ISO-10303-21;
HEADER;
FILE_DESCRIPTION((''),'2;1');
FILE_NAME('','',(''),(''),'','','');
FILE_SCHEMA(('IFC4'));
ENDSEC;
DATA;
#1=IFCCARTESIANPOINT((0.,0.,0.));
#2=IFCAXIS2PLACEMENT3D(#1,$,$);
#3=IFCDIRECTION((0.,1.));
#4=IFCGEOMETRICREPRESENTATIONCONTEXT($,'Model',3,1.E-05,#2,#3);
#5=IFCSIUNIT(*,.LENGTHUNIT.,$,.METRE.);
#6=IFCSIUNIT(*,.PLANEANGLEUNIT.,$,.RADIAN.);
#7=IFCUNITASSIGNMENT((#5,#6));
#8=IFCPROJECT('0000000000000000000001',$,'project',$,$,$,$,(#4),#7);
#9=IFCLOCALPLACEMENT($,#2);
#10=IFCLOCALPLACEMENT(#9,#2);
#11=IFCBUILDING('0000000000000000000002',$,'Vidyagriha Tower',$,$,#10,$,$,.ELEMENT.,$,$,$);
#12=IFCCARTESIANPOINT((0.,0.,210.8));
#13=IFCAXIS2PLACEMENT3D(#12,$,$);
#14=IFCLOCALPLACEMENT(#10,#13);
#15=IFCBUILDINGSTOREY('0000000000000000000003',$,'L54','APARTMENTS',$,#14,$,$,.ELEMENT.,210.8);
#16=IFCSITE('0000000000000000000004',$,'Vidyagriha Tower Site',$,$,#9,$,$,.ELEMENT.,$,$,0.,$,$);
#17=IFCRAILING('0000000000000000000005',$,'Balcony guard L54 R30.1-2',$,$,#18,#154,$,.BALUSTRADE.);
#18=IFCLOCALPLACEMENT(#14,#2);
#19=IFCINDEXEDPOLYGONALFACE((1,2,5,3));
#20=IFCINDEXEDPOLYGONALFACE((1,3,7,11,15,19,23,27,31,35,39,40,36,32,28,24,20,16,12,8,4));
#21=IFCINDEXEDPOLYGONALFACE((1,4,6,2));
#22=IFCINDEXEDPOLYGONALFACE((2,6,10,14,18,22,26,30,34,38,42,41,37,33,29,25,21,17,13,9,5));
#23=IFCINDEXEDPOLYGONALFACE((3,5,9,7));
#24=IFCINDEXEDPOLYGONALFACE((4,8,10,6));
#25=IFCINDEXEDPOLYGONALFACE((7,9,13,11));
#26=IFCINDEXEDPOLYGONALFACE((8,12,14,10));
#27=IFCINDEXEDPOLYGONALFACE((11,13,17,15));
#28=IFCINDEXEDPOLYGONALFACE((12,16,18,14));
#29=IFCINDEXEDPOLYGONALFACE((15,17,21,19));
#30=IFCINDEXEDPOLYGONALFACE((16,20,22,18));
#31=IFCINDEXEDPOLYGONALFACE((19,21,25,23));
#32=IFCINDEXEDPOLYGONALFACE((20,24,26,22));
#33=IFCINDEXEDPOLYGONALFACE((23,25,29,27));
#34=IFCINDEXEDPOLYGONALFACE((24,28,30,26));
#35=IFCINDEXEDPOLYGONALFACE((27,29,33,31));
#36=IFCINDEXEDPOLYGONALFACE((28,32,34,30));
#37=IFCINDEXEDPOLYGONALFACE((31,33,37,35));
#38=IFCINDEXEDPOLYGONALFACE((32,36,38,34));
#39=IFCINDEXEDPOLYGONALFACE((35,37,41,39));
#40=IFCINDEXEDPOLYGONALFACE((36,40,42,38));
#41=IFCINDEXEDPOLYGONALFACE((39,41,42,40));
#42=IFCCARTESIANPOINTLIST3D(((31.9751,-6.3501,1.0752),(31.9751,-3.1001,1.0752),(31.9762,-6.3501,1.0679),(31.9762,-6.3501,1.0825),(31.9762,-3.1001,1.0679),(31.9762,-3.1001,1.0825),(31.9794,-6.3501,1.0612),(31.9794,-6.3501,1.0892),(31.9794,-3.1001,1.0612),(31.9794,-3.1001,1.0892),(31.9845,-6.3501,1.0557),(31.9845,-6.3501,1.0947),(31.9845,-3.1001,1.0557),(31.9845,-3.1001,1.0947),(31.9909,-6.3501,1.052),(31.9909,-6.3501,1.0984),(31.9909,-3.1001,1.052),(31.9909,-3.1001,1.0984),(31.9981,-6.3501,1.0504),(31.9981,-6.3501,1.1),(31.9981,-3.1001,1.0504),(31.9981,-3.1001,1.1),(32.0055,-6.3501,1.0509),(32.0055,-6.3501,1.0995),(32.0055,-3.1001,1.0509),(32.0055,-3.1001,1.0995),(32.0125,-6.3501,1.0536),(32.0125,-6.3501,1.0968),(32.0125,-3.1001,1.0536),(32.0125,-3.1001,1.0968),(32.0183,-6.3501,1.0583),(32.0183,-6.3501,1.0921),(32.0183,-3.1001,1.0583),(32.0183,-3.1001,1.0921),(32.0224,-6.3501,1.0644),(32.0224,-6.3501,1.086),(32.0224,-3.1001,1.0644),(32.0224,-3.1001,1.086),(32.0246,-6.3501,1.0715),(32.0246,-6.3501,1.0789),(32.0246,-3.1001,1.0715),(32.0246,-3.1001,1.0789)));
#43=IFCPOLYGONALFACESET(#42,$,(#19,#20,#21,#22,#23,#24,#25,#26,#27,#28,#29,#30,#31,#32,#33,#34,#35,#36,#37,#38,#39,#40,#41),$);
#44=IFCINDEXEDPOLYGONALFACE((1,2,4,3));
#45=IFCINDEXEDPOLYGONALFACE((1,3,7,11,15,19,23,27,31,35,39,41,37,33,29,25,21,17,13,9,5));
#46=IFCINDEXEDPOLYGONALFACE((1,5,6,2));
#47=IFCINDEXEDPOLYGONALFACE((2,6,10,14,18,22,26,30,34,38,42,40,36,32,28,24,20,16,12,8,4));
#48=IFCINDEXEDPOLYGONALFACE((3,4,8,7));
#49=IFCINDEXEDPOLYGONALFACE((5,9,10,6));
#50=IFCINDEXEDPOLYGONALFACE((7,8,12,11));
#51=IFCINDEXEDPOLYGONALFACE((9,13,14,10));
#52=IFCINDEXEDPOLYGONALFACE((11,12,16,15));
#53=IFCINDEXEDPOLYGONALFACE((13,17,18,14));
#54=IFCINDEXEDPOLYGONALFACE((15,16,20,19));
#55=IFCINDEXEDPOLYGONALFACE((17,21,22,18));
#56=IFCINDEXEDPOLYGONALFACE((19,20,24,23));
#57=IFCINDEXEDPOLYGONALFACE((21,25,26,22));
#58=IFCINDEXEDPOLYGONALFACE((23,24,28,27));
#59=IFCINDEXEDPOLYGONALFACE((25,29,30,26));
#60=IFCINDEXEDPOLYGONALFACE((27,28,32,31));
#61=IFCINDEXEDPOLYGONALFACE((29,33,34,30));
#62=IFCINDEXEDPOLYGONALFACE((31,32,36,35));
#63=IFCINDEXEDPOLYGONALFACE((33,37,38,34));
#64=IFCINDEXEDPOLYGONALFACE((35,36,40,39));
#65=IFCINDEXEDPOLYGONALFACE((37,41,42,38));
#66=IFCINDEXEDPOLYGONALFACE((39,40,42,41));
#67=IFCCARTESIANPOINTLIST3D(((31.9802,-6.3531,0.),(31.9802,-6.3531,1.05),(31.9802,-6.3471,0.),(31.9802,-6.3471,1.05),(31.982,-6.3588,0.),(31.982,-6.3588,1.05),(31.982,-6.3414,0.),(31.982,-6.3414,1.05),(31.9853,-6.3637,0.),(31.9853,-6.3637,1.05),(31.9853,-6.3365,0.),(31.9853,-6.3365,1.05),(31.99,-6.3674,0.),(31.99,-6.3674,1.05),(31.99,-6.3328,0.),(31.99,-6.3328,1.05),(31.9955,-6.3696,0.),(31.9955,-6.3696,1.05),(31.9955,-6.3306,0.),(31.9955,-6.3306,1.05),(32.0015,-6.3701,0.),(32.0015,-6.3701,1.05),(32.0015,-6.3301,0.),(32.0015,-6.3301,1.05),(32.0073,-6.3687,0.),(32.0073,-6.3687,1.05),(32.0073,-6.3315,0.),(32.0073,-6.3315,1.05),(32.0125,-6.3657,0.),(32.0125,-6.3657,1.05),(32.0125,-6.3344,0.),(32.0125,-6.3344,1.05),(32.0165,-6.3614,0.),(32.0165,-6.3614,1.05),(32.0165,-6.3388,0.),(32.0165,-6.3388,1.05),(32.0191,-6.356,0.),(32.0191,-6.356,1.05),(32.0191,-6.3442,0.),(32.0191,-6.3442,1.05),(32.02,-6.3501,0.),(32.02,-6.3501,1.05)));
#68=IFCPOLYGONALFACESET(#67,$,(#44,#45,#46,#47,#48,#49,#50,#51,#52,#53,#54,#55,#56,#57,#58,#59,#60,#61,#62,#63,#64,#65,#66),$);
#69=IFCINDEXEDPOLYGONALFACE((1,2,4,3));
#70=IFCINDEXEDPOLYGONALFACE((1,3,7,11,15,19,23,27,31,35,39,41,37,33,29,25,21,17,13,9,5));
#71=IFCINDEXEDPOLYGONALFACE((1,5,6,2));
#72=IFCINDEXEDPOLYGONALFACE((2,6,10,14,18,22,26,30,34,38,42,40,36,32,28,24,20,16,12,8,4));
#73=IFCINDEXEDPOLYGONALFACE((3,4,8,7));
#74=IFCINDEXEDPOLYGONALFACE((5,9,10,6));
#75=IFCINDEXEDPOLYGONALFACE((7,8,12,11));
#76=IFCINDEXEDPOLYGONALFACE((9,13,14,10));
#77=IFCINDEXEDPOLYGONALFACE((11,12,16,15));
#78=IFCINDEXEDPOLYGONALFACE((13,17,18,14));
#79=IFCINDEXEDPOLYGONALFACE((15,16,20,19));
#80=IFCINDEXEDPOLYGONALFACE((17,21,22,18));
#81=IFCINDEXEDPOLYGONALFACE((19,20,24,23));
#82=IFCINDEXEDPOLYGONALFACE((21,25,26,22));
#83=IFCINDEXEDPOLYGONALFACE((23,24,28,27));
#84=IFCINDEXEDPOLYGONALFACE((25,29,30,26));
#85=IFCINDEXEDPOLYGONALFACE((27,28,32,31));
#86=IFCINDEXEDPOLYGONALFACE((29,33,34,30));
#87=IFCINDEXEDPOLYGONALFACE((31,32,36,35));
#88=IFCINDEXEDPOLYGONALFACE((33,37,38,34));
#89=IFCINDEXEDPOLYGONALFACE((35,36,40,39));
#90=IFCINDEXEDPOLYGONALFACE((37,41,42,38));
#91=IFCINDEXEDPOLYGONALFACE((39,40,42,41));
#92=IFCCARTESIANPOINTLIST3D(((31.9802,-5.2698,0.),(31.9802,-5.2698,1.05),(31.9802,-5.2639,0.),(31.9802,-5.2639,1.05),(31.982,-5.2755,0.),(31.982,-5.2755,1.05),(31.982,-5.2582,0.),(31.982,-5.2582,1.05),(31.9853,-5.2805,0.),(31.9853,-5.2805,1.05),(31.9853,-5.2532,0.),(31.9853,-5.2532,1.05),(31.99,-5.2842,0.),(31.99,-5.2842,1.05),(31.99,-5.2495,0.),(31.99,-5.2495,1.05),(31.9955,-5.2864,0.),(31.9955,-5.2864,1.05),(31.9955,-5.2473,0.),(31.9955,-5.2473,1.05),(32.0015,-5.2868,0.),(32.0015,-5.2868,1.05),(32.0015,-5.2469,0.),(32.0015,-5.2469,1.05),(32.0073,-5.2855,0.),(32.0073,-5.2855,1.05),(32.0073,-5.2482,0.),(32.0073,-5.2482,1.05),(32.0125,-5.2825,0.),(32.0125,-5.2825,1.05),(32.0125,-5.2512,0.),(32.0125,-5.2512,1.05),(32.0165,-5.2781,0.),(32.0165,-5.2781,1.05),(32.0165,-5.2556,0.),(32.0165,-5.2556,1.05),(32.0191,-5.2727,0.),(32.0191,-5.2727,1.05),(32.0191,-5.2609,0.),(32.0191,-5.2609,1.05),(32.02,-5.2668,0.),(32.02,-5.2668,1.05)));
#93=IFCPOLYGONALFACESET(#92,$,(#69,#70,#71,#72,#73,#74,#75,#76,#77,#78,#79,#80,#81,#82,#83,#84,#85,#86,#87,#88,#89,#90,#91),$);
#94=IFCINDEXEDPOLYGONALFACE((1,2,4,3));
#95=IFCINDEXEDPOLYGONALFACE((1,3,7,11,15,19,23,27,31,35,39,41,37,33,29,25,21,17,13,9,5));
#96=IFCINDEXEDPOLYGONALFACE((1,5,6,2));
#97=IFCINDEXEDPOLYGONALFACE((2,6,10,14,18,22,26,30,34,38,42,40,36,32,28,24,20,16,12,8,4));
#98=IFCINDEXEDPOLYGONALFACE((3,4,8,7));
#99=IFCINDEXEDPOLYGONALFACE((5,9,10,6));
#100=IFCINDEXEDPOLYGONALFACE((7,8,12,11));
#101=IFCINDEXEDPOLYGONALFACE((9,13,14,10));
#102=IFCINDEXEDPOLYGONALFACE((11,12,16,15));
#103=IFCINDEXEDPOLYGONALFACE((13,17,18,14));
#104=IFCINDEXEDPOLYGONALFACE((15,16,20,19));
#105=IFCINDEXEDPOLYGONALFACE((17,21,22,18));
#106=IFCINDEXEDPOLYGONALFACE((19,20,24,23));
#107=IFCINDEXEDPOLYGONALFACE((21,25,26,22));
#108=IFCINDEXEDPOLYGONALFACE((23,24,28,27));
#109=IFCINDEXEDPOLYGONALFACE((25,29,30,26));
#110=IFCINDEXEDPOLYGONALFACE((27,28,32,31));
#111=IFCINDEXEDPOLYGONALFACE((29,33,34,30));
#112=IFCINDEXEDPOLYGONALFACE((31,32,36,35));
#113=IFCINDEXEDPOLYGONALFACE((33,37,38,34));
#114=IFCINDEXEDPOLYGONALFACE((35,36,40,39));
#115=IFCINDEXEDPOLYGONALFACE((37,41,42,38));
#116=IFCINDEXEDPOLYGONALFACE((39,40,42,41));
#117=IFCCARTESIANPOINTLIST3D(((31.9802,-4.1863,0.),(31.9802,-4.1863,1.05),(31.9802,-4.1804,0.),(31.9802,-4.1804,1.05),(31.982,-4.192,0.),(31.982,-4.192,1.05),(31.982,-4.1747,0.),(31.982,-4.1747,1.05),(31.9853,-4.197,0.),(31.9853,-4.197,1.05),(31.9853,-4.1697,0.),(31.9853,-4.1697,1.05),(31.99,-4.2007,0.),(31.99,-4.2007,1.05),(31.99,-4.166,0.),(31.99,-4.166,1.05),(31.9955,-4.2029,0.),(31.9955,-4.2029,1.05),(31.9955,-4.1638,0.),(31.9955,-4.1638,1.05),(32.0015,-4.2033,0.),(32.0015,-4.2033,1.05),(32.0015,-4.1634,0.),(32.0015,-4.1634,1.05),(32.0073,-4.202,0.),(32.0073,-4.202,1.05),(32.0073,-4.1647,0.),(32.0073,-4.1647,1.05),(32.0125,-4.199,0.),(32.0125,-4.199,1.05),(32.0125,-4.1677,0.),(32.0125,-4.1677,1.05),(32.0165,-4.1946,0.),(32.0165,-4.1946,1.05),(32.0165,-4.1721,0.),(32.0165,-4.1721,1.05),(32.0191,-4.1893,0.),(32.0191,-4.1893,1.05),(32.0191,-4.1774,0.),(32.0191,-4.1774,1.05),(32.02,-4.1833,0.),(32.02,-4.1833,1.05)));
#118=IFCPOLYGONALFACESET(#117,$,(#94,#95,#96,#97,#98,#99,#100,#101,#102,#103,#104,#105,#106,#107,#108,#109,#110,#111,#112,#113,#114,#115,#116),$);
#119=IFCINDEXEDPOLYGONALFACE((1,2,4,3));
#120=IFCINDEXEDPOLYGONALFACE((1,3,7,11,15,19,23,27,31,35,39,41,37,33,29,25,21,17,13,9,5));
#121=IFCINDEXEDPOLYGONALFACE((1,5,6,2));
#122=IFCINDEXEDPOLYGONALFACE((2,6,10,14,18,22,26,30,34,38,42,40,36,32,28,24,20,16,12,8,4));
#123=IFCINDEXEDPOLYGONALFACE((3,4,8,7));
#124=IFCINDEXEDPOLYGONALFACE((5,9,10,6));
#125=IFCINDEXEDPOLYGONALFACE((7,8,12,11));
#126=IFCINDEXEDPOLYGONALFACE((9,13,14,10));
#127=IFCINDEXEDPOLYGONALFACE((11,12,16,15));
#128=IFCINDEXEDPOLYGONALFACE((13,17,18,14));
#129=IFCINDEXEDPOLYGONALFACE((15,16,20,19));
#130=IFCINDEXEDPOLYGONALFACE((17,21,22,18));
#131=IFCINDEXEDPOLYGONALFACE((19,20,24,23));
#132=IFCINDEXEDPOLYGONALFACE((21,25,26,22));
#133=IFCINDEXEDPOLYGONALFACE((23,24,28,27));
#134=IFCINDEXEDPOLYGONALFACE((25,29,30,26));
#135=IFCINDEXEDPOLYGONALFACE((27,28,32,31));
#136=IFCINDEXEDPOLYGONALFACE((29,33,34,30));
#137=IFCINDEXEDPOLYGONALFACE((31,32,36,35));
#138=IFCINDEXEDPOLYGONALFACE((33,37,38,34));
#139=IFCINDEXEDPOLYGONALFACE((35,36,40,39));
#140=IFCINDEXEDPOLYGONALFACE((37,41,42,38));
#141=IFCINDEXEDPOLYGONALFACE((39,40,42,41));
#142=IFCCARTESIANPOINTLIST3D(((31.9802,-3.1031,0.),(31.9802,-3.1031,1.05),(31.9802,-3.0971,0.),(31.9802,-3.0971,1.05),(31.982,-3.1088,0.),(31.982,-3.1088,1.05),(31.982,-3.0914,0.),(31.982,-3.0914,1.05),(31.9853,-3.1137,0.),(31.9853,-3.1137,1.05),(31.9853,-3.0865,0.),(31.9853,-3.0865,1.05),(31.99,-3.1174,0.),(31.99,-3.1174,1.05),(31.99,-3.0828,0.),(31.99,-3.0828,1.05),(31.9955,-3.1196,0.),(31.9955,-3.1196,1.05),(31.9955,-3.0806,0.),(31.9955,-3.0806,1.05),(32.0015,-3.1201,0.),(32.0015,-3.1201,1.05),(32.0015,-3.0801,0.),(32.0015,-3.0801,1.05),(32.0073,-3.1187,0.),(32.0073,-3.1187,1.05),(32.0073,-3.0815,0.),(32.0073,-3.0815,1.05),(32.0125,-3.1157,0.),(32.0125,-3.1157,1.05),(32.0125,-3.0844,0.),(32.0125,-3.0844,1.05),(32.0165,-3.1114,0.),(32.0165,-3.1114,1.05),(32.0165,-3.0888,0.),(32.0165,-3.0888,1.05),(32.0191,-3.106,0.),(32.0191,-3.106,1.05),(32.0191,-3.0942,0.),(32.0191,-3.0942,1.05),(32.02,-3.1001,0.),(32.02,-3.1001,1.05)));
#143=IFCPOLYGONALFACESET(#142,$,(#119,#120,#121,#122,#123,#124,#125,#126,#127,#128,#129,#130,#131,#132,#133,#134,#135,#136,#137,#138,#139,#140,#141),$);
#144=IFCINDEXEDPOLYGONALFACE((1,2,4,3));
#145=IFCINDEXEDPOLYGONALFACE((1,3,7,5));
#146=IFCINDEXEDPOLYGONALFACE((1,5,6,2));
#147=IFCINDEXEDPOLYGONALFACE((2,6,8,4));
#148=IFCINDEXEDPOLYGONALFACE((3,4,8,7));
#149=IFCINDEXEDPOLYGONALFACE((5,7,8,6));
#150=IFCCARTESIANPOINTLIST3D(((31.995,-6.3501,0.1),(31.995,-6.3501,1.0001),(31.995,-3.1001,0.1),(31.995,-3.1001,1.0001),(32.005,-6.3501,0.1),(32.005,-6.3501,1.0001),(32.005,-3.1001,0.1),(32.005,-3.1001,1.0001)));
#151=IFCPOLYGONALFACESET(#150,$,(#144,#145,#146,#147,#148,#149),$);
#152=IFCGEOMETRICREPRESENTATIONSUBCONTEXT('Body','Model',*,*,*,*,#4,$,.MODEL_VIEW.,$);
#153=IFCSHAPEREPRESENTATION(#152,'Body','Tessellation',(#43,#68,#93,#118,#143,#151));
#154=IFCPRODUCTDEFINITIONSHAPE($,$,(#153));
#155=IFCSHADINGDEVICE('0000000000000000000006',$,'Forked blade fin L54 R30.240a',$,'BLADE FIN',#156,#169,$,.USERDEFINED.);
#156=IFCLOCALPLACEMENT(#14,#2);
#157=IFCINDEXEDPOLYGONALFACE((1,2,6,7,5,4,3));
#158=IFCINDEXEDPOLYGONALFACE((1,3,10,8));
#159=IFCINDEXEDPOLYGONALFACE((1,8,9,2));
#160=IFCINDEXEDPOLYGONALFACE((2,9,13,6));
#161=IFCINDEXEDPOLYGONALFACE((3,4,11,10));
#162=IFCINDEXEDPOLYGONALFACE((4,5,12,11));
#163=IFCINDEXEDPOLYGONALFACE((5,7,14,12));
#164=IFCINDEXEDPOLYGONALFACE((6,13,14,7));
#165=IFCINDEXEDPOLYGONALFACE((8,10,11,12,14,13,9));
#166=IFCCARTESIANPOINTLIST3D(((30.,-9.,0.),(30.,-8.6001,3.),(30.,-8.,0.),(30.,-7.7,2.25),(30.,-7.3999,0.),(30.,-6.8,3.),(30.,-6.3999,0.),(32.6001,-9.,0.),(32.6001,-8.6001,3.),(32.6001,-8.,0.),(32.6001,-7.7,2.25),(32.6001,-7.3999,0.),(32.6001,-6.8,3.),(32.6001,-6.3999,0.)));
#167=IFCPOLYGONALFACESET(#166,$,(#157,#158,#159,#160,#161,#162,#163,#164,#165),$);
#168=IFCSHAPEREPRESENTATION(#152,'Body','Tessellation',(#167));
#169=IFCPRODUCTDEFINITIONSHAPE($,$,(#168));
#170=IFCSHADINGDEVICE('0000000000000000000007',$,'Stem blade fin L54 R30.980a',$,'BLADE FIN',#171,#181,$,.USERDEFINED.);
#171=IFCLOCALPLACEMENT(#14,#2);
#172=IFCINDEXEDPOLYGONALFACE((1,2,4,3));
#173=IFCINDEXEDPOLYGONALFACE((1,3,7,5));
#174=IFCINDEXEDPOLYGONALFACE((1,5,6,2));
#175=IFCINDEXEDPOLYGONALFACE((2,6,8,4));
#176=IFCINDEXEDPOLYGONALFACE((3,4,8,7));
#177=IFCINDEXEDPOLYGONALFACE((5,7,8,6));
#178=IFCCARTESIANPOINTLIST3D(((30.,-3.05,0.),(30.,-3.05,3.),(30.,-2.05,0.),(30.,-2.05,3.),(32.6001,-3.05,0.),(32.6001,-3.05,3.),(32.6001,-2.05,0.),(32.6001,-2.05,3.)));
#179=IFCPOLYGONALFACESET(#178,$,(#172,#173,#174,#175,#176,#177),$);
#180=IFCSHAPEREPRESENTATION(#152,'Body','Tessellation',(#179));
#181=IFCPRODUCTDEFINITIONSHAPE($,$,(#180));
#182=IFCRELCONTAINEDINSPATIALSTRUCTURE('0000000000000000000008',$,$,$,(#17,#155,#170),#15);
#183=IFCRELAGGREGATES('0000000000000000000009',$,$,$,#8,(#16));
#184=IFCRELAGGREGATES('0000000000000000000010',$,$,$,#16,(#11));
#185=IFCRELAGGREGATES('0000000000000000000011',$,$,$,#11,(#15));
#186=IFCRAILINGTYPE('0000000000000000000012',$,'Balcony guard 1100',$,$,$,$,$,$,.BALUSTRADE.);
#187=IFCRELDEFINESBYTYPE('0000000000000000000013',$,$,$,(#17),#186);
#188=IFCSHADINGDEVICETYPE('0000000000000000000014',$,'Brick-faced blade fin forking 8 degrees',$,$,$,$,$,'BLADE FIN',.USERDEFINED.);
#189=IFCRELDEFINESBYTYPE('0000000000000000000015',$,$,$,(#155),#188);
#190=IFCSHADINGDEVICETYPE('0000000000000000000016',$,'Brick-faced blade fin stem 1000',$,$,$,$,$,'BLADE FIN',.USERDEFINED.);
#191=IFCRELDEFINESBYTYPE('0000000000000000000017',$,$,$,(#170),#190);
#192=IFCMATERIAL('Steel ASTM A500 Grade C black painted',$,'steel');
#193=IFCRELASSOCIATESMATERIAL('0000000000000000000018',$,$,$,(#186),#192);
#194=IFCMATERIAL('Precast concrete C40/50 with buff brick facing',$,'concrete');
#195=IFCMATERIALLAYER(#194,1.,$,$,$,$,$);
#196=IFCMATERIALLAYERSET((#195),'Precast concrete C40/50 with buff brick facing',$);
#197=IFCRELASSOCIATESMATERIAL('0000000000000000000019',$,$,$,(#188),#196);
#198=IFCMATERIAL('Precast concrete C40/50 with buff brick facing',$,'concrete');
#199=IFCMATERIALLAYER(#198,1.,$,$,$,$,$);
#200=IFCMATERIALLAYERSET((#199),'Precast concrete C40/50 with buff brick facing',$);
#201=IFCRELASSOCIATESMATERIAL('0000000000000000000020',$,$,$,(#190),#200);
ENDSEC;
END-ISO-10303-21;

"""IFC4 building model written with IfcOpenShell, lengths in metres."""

from ifc_helpers import new_model, si_unit, direction, frame, origin, origin_2d, place, context, subcontext, project, spatial, polyline, rectangle, circle, outline, extrude, material, layer, layer_set, type_object, element, save


model = new_model("IFC4")

# Units and contexts
model_context = context("Model", 3, precision=1e-05, world=origin(), true_north=direction((0.0, 1.0)))
body_context = subcontext(model_context, "Body", "Model", "MODEL_VIEW")
ifc_project = project(units=[si_unit("LENGTHUNIT", "METRE"), si_unit("PLANEANGLEUNIT", "RADIAN")], contexts=[model_context])

# Site, building, storey
site_placement = place(None, origin())
site = spatial("IfcSite", under=ifc_project, at=site_placement, Name="Vidyagriha Tower Site", CompositionType="ELEMENT", RefElevation=0.0)
building_placement = place(site_placement, origin())
building = spatial("IfcBuilding", under=site, at=building_placement, Name="Vidyagriha Tower", CompositionType="ELEMENT")
storey_placement = place(building_placement, frame((0.0, 0.0, 210.8)))
storey = spatial("IfcBuildingStorey", under=building, at=storey_placement, Name="L54", Description="APARTMENTS", CompositionType="ELEMENT", Elevation=210.8)

# Railing
ifc_material_1 = material(Name="Steel ASTM A500 Grade C black painted", Category="steel")
railing_type = type_object("IfcRailingType", Name="Balcony guard 1100", PredefinedType="BALUSTRADE", material=ifc_material_1)
railing_1_placement = place(storey_placement, frame((32.0, -6.3501, 0.0)))
element("IfcRailing", 1, at=railing_1_placement, inside=storey, type_object=railing_type, Name="Balcony guard L54 R30.1-2", PredefinedType="BALUSTRADE", context=body_context, shape_type="SweptSolid", body=[
    extrude(circle(Radius=0.0249, at=origin_2d()), frame((0.0, 0.0, 1.0752), z_axis=(0.0, 1.0, 0.0), x_axis=(-1.0, 0.0, 0.0)), (0.0, 0.0, 1.0), 3.25),
    extrude(circle(Radius=0.02, at=origin_2d()), origin(), (0.0, 0.0, 1.0), 1.05),
    extrude(circle(Radius=0.02, at=origin_2d()), frame((0.0, 1.0833, 0.0)), (0.0, 0.0, 1.0), 1.05),
    extrude(circle(Radius=0.02, at=origin_2d()), frame((0.0, 2.1667, 0.0)), (0.0, 0.0, 1.0), 1.05),
    extrude(circle(Radius=0.02, at=origin_2d()), frame((0.0, 3.25, 0.0)), (0.0, 0.0, 1.0), 1.05),
    extrude(rectangle(XDim=0.01, YDim=0.9001, at=origin_2d()), frame((0.0, 0.0, 0.55), z_axis=(0.0, 1.0, 0.0), x_axis=(-1.0, 0.0, 0.0)), (0.0, 0.0, 1.0), 3.25),
])

# Shading devices
ifc_material_2 = material(Name="Precast concrete C40/50 with buff brick facing", Category="concrete")
ifc_layer_1 = layer(ifc_material_2, 1.0)
ifc_layer_set_1 = layer_set([ifc_layer_1], Name="Precast concrete C40/50 with buff brick facing")
shading_device_type_1 = type_object("IfcShadingDeviceType", Name="Brick-faced blade fin forking 8 degrees", ElementType="BLADE FIN", PredefinedType="USERDEFINED", material=ifc_layer_set_1)
shading_device_1_placement = place(storey_placement, frame((31.3, -9.0, 0.0), z_axis=(0.0, 0.0, 1.0), x_axis=(0.0, 1.0, 0.0)))
element("IfcShadingDevice", 2, at=shading_device_1_placement, inside=storey, type_object=shading_device_type_1, Name="Forked blade fin L54 R30.240a", ObjectType="BLADE FIN", PredefinedType="USERDEFINED", context=body_context, shape_type="SweptSolid", body=[
    extrude(outline(polyline([(1.0, 0.0), (1.3, 2.25), (1.6001, 0.0), (2.6001, 0.0), (2.2, 3.0), (0.3999, 3.0), (0.0, 0.0), (1.0, 0.0)])), frame((0.0, 1.3, 0.0), z_axis=(0.0, -1.0, 0.0), x_axis=(1.0, 0.0, 0.0)), (0.0, 0.0, 1.0), 2.6001),
])
ifc_material_3 = material(Name="Precast concrete C40/50 with buff brick facing", Category="concrete")
ifc_layer_2 = layer(ifc_material_3, 1.0)
ifc_layer_set_2 = layer_set([ifc_layer_2], Name="Precast concrete C40/50 with buff brick facing")
shading_device_type_2 = type_object("IfcShadingDeviceType", Name="Brick-faced blade fin stem 1000", ElementType="BLADE FIN", PredefinedType="USERDEFINED", material=ifc_layer_set_2)
shading_device_2_placement = place(storey_placement, frame((31.3, -3.05, 0.0), z_axis=(0.0, 0.0, 1.0), x_axis=(0.0, 1.0, 0.0)))
element("IfcShadingDevice", 3, at=shading_device_2_placement, inside=storey, type_object=shading_device_type_2, Name="Stem blade fin L54 R30.980a", ObjectType="BLADE FIN", PredefinedType="USERDEFINED", context=body_context, shape_type="SweptSolid", body=[
    extrude(outline(polyline([(0.0, 0.0), (1.0, 0.0), (1.0, 3.0), (0.0, 3.0), (0.0, 0.0)])), frame((0.0, 1.3, 0.0), z_axis=(0.0, -1.0, 0.0), x_axis=(1.0, 0.0, 0.0)), (0.0, 0.0, 1.0), 2.6001),
])

save(model, "model.ifc")
